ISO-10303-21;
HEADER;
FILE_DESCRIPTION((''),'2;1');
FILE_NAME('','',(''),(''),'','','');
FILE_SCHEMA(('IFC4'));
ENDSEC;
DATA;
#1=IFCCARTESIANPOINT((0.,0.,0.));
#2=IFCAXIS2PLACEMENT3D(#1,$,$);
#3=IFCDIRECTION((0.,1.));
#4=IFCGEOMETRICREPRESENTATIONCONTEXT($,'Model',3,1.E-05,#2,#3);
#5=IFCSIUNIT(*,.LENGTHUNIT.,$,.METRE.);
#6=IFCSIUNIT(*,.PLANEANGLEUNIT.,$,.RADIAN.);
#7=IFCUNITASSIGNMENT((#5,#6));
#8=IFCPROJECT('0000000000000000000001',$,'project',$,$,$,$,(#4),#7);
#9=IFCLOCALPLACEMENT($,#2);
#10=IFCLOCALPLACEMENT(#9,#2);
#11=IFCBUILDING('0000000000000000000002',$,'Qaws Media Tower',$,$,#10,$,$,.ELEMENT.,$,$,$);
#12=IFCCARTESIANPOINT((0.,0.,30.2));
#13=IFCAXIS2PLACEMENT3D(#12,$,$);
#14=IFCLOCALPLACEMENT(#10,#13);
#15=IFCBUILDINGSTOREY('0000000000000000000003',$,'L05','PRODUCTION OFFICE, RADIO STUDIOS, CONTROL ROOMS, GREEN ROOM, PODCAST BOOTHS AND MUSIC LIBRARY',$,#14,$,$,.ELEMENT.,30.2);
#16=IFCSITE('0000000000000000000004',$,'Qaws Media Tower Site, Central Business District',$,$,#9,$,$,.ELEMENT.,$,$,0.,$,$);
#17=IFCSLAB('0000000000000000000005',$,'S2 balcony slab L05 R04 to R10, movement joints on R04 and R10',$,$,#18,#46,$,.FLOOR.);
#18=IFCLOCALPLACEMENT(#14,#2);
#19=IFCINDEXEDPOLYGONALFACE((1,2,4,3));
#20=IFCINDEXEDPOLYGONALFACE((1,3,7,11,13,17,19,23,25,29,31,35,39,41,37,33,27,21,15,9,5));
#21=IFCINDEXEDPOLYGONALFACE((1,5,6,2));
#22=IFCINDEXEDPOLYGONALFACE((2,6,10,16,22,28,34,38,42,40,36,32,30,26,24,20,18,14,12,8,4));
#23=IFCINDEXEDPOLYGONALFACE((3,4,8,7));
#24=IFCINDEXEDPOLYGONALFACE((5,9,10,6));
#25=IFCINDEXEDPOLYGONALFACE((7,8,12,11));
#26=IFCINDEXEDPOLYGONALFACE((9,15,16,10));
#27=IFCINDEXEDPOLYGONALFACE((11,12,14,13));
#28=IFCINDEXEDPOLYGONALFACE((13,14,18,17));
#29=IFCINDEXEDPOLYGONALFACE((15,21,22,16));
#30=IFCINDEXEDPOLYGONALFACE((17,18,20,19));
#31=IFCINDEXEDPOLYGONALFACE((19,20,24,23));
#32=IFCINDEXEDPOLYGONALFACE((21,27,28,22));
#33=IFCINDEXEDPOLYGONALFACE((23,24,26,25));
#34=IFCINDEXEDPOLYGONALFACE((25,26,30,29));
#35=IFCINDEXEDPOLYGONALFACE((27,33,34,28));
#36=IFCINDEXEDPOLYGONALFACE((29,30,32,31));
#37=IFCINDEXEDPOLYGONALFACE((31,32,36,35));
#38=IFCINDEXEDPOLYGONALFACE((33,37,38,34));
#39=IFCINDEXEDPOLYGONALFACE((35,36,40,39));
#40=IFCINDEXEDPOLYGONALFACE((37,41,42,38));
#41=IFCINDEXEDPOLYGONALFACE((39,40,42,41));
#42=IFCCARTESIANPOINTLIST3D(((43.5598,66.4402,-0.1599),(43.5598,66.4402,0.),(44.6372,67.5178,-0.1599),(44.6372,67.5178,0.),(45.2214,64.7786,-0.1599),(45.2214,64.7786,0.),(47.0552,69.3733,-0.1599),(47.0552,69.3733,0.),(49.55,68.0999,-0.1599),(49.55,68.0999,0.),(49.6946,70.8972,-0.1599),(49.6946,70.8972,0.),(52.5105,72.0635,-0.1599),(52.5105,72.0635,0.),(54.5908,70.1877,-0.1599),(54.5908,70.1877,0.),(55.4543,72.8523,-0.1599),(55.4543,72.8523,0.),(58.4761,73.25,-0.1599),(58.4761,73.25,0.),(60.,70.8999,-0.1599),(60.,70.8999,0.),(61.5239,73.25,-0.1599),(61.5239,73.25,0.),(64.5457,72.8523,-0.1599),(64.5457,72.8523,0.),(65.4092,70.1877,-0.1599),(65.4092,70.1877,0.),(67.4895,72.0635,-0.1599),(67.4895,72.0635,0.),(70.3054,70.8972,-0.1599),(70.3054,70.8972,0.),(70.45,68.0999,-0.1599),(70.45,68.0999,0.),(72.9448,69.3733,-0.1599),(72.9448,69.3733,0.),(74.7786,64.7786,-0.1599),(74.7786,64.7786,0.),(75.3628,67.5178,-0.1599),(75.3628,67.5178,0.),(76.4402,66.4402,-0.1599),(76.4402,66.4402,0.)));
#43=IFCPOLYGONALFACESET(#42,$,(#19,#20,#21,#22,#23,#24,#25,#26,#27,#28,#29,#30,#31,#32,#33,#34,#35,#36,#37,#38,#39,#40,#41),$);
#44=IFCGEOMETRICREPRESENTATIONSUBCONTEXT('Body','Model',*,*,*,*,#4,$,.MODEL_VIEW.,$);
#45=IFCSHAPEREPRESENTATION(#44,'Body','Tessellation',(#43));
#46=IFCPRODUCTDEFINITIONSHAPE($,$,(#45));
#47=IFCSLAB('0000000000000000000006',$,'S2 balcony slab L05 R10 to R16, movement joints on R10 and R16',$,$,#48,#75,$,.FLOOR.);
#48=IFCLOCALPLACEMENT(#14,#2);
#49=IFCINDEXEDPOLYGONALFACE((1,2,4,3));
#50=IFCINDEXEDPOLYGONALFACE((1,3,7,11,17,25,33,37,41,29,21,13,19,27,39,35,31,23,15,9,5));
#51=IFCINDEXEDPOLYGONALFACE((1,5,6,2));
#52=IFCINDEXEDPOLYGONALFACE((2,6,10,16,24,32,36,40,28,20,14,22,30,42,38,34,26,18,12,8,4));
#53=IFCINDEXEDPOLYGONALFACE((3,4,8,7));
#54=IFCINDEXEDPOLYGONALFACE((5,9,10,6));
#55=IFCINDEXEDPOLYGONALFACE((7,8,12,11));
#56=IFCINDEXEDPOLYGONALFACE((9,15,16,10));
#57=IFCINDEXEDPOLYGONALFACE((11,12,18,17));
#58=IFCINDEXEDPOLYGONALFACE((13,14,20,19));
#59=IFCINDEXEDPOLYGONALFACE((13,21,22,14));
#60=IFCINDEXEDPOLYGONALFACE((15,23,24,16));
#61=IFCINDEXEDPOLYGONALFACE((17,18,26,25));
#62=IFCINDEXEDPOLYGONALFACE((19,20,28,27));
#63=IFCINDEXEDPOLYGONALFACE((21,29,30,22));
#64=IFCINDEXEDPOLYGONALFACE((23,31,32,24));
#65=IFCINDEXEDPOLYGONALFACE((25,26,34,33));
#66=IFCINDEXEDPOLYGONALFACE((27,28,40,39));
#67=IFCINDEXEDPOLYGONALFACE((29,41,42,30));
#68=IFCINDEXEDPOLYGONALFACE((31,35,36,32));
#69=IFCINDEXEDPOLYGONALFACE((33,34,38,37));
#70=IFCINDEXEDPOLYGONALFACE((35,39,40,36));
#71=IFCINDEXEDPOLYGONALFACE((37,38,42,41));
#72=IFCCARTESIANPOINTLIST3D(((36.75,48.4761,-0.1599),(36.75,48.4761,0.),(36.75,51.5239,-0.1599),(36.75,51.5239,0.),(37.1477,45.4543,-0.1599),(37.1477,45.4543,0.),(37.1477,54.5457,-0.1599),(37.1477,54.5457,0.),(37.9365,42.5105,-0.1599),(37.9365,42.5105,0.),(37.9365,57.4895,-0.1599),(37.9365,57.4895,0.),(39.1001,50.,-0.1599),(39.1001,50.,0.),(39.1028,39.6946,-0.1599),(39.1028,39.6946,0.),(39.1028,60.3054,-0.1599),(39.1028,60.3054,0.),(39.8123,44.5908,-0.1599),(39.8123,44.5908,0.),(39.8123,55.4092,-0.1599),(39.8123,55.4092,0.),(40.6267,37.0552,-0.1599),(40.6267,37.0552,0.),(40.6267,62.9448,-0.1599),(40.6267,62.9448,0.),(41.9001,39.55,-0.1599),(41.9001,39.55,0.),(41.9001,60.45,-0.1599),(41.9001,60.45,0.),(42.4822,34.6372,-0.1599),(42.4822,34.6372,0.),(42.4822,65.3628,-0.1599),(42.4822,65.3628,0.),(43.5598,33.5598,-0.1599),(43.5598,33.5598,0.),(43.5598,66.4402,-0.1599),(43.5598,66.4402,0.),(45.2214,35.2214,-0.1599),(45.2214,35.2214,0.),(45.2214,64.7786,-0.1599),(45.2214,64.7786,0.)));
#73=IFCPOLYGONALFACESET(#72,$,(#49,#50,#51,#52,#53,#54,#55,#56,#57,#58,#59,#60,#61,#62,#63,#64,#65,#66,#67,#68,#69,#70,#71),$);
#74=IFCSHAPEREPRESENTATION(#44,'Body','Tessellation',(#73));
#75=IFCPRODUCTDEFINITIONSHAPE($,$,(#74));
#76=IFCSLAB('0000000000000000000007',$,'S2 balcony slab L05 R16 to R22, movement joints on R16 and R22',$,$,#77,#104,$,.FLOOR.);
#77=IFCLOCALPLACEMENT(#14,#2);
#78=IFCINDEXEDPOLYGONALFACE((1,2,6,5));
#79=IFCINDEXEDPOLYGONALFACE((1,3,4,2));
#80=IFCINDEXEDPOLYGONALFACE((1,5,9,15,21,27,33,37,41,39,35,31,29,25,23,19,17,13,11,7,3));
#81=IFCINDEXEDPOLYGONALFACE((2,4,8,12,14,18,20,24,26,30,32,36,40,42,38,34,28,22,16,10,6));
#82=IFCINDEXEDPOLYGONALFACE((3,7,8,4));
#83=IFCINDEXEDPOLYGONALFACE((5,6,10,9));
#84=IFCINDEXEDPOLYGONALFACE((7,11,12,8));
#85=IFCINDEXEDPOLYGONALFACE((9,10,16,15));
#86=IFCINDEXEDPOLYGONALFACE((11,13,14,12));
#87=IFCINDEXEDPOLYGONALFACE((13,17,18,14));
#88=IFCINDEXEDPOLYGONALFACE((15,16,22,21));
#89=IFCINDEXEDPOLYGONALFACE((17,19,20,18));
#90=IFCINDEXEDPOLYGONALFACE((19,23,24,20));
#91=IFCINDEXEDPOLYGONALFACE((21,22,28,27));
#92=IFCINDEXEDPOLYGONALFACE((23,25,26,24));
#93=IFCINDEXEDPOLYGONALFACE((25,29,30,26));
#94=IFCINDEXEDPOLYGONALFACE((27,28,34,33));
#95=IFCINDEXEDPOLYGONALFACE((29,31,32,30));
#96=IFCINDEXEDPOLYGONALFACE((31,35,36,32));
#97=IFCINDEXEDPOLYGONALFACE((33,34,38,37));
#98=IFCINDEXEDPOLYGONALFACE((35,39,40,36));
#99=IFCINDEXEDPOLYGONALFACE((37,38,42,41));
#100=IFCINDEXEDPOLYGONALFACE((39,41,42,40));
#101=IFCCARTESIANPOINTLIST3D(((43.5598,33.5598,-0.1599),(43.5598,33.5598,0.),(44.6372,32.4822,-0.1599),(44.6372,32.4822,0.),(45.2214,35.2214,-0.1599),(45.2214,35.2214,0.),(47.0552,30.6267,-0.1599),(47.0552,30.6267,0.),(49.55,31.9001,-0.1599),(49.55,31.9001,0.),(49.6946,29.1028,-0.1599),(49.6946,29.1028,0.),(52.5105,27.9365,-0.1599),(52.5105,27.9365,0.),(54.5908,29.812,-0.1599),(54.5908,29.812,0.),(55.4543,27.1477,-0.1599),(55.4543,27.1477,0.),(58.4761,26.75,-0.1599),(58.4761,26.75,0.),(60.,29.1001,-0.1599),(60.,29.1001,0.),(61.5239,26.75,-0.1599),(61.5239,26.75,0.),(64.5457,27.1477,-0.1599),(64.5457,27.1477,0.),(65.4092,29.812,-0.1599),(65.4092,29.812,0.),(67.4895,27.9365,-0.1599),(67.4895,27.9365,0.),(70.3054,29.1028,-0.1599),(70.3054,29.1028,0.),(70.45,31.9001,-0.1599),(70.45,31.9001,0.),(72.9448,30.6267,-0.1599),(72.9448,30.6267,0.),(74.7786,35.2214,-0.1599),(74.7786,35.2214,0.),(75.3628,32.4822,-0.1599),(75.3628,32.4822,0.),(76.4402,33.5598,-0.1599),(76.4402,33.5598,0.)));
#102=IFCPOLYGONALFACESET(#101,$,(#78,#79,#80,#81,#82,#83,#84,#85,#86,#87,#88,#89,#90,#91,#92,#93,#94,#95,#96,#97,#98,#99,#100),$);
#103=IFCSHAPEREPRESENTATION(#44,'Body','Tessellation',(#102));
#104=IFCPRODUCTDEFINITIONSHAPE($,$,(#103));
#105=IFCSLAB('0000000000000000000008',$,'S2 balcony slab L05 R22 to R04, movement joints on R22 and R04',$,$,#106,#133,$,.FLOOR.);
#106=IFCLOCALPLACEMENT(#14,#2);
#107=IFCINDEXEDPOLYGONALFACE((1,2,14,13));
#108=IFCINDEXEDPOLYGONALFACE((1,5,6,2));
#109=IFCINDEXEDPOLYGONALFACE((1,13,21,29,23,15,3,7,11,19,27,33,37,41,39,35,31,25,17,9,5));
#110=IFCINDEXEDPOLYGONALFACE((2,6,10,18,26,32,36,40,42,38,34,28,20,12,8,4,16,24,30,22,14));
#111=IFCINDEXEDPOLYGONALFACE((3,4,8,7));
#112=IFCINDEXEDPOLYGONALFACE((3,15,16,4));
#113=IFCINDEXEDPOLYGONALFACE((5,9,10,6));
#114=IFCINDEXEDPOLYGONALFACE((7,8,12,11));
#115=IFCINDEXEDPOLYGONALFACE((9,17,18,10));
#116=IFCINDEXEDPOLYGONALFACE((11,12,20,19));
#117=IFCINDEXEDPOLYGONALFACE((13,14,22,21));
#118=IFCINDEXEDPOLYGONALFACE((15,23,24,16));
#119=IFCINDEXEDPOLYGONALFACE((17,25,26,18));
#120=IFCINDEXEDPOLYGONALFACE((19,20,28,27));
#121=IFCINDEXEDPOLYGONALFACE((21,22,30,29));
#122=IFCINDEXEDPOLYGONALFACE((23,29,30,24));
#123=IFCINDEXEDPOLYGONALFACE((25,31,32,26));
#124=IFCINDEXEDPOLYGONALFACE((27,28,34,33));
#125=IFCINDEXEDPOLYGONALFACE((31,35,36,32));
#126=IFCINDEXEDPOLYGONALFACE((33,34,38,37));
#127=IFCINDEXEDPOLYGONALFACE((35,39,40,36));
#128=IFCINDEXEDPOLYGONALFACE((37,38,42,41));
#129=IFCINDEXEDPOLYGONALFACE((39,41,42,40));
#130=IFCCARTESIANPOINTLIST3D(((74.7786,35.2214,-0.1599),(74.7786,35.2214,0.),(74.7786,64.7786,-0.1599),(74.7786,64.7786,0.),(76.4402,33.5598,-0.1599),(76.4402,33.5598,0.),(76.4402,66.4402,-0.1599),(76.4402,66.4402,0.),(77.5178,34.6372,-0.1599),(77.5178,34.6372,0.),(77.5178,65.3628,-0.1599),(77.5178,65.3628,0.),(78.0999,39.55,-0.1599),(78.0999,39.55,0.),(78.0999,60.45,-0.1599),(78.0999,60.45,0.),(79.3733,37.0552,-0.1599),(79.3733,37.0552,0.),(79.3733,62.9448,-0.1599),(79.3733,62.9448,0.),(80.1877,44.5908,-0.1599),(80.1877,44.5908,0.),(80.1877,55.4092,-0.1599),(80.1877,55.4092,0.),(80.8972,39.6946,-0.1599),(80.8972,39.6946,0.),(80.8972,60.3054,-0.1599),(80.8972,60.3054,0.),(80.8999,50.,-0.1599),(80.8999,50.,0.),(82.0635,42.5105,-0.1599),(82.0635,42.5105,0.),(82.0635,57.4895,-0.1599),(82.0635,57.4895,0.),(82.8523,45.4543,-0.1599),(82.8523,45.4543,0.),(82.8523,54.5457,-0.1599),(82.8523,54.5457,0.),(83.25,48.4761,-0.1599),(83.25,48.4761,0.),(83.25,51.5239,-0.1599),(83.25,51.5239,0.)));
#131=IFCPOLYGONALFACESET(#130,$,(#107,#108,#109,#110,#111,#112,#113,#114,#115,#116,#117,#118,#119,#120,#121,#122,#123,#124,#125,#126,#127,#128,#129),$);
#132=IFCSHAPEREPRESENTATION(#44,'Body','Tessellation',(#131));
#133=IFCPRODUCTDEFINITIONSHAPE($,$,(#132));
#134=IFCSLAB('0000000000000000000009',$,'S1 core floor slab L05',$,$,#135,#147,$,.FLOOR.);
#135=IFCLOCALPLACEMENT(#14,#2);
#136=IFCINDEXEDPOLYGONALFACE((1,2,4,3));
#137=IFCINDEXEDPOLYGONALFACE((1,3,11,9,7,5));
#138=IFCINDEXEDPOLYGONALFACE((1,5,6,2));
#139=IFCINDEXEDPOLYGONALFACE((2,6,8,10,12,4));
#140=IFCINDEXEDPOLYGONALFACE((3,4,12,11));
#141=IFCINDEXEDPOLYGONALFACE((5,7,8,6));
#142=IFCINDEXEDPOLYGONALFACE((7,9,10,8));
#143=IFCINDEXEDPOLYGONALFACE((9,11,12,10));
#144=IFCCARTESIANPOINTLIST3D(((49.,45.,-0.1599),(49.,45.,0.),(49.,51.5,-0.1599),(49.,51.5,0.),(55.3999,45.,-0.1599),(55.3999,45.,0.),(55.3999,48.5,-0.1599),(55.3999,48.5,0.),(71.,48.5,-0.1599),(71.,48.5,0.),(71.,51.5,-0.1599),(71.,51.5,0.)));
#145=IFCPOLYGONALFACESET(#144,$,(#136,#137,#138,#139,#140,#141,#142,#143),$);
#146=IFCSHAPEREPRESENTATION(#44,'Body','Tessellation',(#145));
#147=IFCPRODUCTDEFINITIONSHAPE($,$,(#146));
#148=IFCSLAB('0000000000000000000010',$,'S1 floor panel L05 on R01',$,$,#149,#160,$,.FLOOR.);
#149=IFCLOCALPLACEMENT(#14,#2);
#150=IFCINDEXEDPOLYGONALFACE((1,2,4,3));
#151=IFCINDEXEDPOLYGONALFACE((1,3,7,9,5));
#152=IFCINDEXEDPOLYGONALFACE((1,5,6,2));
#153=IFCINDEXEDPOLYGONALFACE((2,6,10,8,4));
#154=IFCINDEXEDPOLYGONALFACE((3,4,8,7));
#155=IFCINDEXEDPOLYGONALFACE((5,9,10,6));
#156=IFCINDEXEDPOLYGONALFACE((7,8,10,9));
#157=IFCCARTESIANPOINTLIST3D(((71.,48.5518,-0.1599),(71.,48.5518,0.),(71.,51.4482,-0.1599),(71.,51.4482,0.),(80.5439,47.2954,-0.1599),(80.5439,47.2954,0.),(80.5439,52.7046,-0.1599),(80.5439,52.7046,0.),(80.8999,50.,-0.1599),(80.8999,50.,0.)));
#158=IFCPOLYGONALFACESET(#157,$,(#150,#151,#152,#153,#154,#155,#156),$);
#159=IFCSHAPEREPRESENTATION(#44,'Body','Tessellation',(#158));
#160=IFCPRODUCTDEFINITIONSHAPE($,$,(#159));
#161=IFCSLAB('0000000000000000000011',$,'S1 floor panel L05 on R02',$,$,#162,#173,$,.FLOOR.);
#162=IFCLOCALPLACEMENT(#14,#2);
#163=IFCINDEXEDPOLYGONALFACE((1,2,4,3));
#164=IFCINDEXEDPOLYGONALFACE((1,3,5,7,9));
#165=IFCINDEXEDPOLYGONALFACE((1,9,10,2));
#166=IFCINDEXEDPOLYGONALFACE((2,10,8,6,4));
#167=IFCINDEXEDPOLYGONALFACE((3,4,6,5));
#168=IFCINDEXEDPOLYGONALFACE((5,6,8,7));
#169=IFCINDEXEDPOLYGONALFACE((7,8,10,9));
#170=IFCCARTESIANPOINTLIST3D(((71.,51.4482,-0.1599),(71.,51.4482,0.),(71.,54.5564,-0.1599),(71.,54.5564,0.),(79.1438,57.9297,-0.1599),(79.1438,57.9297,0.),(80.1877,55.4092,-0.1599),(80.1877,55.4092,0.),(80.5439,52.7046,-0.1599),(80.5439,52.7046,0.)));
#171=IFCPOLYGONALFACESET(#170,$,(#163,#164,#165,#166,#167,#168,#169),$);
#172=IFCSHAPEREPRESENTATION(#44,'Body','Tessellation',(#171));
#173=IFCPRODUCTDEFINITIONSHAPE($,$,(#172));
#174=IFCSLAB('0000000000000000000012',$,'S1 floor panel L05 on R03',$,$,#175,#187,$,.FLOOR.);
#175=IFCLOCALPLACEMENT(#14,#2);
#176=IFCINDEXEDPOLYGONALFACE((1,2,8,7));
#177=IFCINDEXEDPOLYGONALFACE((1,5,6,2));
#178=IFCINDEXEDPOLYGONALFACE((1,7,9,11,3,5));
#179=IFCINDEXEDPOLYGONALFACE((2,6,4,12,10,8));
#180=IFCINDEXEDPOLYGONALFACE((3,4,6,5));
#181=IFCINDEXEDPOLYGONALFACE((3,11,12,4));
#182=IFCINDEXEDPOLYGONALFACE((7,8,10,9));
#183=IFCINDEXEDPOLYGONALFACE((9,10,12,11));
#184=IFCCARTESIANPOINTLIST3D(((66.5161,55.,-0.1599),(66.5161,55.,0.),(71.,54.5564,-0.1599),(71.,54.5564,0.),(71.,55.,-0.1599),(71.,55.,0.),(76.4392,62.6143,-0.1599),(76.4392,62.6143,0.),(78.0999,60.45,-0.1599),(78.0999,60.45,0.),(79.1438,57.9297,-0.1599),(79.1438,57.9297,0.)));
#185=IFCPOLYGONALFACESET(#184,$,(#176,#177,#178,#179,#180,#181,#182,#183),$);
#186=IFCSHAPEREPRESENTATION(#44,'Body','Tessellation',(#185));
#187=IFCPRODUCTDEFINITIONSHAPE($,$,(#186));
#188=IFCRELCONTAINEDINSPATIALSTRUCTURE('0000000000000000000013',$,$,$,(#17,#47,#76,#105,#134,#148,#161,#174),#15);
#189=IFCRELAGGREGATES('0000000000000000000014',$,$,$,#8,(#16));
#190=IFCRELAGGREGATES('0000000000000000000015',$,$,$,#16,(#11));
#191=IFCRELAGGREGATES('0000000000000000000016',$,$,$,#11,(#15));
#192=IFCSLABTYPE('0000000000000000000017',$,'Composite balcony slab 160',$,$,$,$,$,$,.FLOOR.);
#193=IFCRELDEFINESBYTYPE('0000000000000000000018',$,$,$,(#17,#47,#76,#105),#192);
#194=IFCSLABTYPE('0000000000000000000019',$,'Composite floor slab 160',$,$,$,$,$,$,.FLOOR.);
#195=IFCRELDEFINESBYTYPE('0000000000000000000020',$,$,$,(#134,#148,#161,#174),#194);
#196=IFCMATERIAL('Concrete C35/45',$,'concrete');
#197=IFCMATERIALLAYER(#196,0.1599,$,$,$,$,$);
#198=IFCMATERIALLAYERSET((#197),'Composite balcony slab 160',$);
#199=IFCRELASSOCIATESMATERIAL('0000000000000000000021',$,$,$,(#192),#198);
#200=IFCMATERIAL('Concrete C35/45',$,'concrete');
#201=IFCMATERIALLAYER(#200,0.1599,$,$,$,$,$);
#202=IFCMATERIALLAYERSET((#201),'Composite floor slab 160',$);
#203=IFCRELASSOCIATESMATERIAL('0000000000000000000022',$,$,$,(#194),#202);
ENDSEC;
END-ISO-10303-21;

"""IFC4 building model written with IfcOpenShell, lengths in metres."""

from ifc_helpers import new_model, si_unit, direction, frame, origin, place, context, subcontext, project, spatial, polyline, outline, extrude, material, layer, layer_set, type_object, element, save


model = new_model("IFC4")

# Units and contexts
model_context = context("Model", 3, precision=1e-05, world=origin(), true_north=direction((0.0, 1.0)))
body_context = subcontext(model_context, "Body", "Model", "MODEL_VIEW")
ifc_project = project(units=[si_unit("LENGTHUNIT", "METRE"), si_unit("PLANEANGLEUNIT", "RADIAN")], contexts=[model_context])

# Site, building, storey
site_placement = place(None, origin())
site = spatial("IfcSite", under=ifc_project, at=site_placement, Name="Qaws Media Tower Site, Central Business District", CompositionType="ELEMENT", RefElevation=0.0)
building_placement = place(site_placement, origin())
building = spatial("IfcBuilding", under=site, at=building_placement, Name="Qaws Media Tower", CompositionType="ELEMENT")
storey_placement = place(building_placement, frame((0.0, 0.0, 30.2)))
storey = spatial("IfcBuildingStorey", under=building, at=storey_placement, Name="L05", Description="PRODUCTION OFFICE, RADIO STUDIOS, CONTROL ROOMS, GREEN ROOM, PODCAST BOOTHS AND MUSIC LIBRARY", CompositionType="ELEMENT", Elevation=30.2)

# Slabs
ifc_material_1 = material(Name="Concrete C35/45", Category="concrete")
ifc_layer_1 = layer(ifc_material_1, 0.1599)
ifc_layer_set_1 = layer_set([ifc_layer_1], Name="Composite balcony slab 160")
slab_type_1 = type_object("IfcSlabType", Name="Composite balcony slab 160", PredefinedType="FLOOR", material=ifc_layer_set_1)
slab_1_placement = place(storey_placement, frame((0.0, 0.0, -0.1599)))
element("IfcSlab", 1, at=slab_1_placement, inside=storey, type_object=slab_type_1, Name="S2 balcony slab L05 R04 to R10, movement joints on R04 and R10", PredefinedType="FLOOR", context=body_context, shape_type="SweptSolid", body=[
    extrude(outline(polyline([(44.6372, 67.5178), (47.0552, 69.3733), (49.6946, 70.8972), (52.5105, 72.0635), (55.4543, 72.8523), (58.4761, 73.25), (61.5239, 73.25), (64.5457, 72.8523), (67.4895, 72.0635), (70.3054, 70.8972), (72.9448, 69.3733), (75.3628, 67.5178), (76.4402, 66.4402), (74.7786, 64.7786), (70.45, 68.0999), (65.4092, 70.1877), (60.0, 70.8999), (54.5908, 70.1877), (49.55, 68.0999), (45.2214, 64.7786), (43.5598, 66.4402), (44.6372, 67.5178)])), origin(), (0.0, 0.0, 1.0), 0.1599),
])
slab_2_placement = place(storey_placement, frame((0.0, 0.0, -0.1599)))
element("IfcSlab", 2, at=slab_2_placement, inside=storey, type_object=slab_type_1, Name="S2 balcony slab L05 R10 to R16, movement joints on R10 and R16", PredefinedType="FLOOR", context=body_context, shape_type="SweptSolid", body=[
    extrude(outline(polyline([(42.4822, 34.6372), (40.6267, 37.0552), (39.1028, 39.6946), (37.9365, 42.5105), (37.1477, 45.4543), (36.75, 48.4761), (36.75, 51.5239), (37.1477, 54.5457), (37.9365, 57.4895), (39.1028, 60.3054), (40.6267, 62.9448), (42.4822, 65.3628), (43.5598, 66.4402), (45.2214, 64.7786), (41.9001, 60.45), (39.8123, 55.4092), (39.1001, 50.0), (39.8123, 44.5908), (41.9001, 39.55), (45.2214, 35.2214), (43.5598, 33.5598), (42.4822, 34.6372)])), origin(), (0.0, 0.0, 1.0), 0.1599),
])
slab_3_placement = place(storey_placement, frame((0.0, 0.0, -0.1599)))
element("IfcSlab", 3, at=slab_3_placement, inside=storey, type_object=slab_type_1, Name="S2 balcony slab L05 R16 to R22, movement joints on R16 and R22", PredefinedType="FLOOR", context=body_context, shape_type="SweptSolid", body=[
    extrude(outline(polyline([(75.3628, 32.4822), (72.9448, 30.6267), (70.3054, 29.1028), (67.4895, 27.9365), (64.5457, 27.1477), (61.5239, 26.75), (58.4761, 26.75), (55.4543, 27.1477), (52.5105, 27.9365), (49.6946, 29.1028), (47.0552, 30.6267), (44.6372, 32.4822), (43.5598, 33.5598), (45.2214, 35.2214), (49.55, 31.9001), (54.5908, 29.812), (60.0, 29.1001), (65.4092, 29.812), (70.45, 31.9001), (74.7786, 35.2214), (76.4402, 33.5598), (75.3628, 32.4822)])), origin(), (0.0, 0.0, 1.0), 0.1599),
])
slab_4_placement = place(storey_placement, frame((0.0, 0.0, -0.1599)))
element("IfcSlab", 4, at=slab_4_placement, inside=storey, type_object=slab_type_1, Name="S2 balcony slab L05 R22 to R04, movement joints on R22 and R04", PredefinedType="FLOOR", context=body_context, shape_type="SweptSolid", body=[
    extrude(outline(polyline([(82.8523, 45.4543), (82.0635, 42.5105), (80.8972, 39.6946), (79.3733, 37.0552), (77.5178, 34.6372), (76.4402, 33.5598), (74.7786, 35.2214), (78.0999, 39.55), (80.1877, 44.5908), (80.8999, 50.0), (80.1877, 55.4092), (78.0999, 60.45), (74.7786, 64.7786), (76.4402, 66.4402), (77.5178, 65.3628), (79.3733, 62.9448), (80.8972, 60.3054), (82.0635, 57.4895), (82.8523, 54.5457), (83.25, 51.5239), (83.25, 48.4761), (82.8523, 45.4543)])), origin(), (0.0, 0.0, 1.0), 0.1599),
])
ifc_material_2 = material(Name="Concrete C35/45", Category="concrete")
ifc_layer_2 = layer(ifc_material_2, 0.1599)
ifc_layer_set_2 = layer_set([ifc_layer_2], Name="Composite floor slab 160")
slab_type_2 = type_object("IfcSlabType", Name="Composite floor slab 160", PredefinedType="FLOOR", material=ifc_layer_set_2)
slab_5_placement = place(storey_placement, frame((0.0, 0.0, -0.1599)))
element("IfcSlab", 5, at=slab_5_placement, inside=storey, type_object=slab_type_2, Name="S1 core floor slab L05", PredefinedType="FLOOR", context=body_context, shape_type="SweptSolid", body=[
    extrude(outline(polyline([(71.0, 51.5), (71.0, 48.5), (55.3999, 48.5), (55.3999, 45.0), (49.0, 45.0), (49.0, 51.5), (71.0, 51.5)])), origin(), (0.0, 0.0, 1.0), 0.1599),
])
slab_6_placement = place(storey_placement, frame((0.0, 0.0, -0.1599)))
element("IfcSlab", 6, at=slab_6_placement, inside=storey, type_object=slab_type_2, Name="S1 floor panel L05 on R01", PredefinedType="FLOOR", context=body_context, shape_type="SweptSolid", body=[
    extrude(outline(polyline([(80.8999, 50.0), (80.5439, 47.2954), (71.0, 48.5518), (71.0, 51.4482), (80.5439, 52.7046), (80.8999, 50.0)])), origin(), (0.0, 0.0, 1.0), 0.1599),
])
slab_7_placement = place(storey_placement, frame((0.0, 0.0, -0.1599)))
element("IfcSlab", 7, at=slab_7_placement, inside=storey, type_object=slab_type_2, Name="S1 floor panel L05 on R02", PredefinedType="FLOOR", context=body_context, shape_type="SweptSolid", body=[
    extrude(outline(polyline([(80.1877, 55.4092), (80.5439, 52.7046), (71.0, 51.4482), (71.0, 54.5564), (79.1438, 57.9297), (80.1877, 55.4092)])), origin(), (0.0, 0.0, 1.0), 0.1599),
])
slab_8_placement = place(storey_placement, frame((0.0, 0.0, -0.1599)))
element("IfcSlab", 8, at=slab_8_placement, inside=storey, type_object=slab_type_2, Name="S1 floor panel L05 on R03", PredefinedType="FLOOR", context=body_context, shape_type="SweptSolid", body=[
    extrude(outline(polyline([(78.0999, 60.45), (79.1438, 57.9297), (71.0, 54.5564), (71.0, 55.0), (66.5161, 55.0), (76.4392, 62.6143), (78.0999, 60.45)])), origin(), (0.0, 0.0, 1.0), 0.1599),
])

save(model, "model.ifc")
